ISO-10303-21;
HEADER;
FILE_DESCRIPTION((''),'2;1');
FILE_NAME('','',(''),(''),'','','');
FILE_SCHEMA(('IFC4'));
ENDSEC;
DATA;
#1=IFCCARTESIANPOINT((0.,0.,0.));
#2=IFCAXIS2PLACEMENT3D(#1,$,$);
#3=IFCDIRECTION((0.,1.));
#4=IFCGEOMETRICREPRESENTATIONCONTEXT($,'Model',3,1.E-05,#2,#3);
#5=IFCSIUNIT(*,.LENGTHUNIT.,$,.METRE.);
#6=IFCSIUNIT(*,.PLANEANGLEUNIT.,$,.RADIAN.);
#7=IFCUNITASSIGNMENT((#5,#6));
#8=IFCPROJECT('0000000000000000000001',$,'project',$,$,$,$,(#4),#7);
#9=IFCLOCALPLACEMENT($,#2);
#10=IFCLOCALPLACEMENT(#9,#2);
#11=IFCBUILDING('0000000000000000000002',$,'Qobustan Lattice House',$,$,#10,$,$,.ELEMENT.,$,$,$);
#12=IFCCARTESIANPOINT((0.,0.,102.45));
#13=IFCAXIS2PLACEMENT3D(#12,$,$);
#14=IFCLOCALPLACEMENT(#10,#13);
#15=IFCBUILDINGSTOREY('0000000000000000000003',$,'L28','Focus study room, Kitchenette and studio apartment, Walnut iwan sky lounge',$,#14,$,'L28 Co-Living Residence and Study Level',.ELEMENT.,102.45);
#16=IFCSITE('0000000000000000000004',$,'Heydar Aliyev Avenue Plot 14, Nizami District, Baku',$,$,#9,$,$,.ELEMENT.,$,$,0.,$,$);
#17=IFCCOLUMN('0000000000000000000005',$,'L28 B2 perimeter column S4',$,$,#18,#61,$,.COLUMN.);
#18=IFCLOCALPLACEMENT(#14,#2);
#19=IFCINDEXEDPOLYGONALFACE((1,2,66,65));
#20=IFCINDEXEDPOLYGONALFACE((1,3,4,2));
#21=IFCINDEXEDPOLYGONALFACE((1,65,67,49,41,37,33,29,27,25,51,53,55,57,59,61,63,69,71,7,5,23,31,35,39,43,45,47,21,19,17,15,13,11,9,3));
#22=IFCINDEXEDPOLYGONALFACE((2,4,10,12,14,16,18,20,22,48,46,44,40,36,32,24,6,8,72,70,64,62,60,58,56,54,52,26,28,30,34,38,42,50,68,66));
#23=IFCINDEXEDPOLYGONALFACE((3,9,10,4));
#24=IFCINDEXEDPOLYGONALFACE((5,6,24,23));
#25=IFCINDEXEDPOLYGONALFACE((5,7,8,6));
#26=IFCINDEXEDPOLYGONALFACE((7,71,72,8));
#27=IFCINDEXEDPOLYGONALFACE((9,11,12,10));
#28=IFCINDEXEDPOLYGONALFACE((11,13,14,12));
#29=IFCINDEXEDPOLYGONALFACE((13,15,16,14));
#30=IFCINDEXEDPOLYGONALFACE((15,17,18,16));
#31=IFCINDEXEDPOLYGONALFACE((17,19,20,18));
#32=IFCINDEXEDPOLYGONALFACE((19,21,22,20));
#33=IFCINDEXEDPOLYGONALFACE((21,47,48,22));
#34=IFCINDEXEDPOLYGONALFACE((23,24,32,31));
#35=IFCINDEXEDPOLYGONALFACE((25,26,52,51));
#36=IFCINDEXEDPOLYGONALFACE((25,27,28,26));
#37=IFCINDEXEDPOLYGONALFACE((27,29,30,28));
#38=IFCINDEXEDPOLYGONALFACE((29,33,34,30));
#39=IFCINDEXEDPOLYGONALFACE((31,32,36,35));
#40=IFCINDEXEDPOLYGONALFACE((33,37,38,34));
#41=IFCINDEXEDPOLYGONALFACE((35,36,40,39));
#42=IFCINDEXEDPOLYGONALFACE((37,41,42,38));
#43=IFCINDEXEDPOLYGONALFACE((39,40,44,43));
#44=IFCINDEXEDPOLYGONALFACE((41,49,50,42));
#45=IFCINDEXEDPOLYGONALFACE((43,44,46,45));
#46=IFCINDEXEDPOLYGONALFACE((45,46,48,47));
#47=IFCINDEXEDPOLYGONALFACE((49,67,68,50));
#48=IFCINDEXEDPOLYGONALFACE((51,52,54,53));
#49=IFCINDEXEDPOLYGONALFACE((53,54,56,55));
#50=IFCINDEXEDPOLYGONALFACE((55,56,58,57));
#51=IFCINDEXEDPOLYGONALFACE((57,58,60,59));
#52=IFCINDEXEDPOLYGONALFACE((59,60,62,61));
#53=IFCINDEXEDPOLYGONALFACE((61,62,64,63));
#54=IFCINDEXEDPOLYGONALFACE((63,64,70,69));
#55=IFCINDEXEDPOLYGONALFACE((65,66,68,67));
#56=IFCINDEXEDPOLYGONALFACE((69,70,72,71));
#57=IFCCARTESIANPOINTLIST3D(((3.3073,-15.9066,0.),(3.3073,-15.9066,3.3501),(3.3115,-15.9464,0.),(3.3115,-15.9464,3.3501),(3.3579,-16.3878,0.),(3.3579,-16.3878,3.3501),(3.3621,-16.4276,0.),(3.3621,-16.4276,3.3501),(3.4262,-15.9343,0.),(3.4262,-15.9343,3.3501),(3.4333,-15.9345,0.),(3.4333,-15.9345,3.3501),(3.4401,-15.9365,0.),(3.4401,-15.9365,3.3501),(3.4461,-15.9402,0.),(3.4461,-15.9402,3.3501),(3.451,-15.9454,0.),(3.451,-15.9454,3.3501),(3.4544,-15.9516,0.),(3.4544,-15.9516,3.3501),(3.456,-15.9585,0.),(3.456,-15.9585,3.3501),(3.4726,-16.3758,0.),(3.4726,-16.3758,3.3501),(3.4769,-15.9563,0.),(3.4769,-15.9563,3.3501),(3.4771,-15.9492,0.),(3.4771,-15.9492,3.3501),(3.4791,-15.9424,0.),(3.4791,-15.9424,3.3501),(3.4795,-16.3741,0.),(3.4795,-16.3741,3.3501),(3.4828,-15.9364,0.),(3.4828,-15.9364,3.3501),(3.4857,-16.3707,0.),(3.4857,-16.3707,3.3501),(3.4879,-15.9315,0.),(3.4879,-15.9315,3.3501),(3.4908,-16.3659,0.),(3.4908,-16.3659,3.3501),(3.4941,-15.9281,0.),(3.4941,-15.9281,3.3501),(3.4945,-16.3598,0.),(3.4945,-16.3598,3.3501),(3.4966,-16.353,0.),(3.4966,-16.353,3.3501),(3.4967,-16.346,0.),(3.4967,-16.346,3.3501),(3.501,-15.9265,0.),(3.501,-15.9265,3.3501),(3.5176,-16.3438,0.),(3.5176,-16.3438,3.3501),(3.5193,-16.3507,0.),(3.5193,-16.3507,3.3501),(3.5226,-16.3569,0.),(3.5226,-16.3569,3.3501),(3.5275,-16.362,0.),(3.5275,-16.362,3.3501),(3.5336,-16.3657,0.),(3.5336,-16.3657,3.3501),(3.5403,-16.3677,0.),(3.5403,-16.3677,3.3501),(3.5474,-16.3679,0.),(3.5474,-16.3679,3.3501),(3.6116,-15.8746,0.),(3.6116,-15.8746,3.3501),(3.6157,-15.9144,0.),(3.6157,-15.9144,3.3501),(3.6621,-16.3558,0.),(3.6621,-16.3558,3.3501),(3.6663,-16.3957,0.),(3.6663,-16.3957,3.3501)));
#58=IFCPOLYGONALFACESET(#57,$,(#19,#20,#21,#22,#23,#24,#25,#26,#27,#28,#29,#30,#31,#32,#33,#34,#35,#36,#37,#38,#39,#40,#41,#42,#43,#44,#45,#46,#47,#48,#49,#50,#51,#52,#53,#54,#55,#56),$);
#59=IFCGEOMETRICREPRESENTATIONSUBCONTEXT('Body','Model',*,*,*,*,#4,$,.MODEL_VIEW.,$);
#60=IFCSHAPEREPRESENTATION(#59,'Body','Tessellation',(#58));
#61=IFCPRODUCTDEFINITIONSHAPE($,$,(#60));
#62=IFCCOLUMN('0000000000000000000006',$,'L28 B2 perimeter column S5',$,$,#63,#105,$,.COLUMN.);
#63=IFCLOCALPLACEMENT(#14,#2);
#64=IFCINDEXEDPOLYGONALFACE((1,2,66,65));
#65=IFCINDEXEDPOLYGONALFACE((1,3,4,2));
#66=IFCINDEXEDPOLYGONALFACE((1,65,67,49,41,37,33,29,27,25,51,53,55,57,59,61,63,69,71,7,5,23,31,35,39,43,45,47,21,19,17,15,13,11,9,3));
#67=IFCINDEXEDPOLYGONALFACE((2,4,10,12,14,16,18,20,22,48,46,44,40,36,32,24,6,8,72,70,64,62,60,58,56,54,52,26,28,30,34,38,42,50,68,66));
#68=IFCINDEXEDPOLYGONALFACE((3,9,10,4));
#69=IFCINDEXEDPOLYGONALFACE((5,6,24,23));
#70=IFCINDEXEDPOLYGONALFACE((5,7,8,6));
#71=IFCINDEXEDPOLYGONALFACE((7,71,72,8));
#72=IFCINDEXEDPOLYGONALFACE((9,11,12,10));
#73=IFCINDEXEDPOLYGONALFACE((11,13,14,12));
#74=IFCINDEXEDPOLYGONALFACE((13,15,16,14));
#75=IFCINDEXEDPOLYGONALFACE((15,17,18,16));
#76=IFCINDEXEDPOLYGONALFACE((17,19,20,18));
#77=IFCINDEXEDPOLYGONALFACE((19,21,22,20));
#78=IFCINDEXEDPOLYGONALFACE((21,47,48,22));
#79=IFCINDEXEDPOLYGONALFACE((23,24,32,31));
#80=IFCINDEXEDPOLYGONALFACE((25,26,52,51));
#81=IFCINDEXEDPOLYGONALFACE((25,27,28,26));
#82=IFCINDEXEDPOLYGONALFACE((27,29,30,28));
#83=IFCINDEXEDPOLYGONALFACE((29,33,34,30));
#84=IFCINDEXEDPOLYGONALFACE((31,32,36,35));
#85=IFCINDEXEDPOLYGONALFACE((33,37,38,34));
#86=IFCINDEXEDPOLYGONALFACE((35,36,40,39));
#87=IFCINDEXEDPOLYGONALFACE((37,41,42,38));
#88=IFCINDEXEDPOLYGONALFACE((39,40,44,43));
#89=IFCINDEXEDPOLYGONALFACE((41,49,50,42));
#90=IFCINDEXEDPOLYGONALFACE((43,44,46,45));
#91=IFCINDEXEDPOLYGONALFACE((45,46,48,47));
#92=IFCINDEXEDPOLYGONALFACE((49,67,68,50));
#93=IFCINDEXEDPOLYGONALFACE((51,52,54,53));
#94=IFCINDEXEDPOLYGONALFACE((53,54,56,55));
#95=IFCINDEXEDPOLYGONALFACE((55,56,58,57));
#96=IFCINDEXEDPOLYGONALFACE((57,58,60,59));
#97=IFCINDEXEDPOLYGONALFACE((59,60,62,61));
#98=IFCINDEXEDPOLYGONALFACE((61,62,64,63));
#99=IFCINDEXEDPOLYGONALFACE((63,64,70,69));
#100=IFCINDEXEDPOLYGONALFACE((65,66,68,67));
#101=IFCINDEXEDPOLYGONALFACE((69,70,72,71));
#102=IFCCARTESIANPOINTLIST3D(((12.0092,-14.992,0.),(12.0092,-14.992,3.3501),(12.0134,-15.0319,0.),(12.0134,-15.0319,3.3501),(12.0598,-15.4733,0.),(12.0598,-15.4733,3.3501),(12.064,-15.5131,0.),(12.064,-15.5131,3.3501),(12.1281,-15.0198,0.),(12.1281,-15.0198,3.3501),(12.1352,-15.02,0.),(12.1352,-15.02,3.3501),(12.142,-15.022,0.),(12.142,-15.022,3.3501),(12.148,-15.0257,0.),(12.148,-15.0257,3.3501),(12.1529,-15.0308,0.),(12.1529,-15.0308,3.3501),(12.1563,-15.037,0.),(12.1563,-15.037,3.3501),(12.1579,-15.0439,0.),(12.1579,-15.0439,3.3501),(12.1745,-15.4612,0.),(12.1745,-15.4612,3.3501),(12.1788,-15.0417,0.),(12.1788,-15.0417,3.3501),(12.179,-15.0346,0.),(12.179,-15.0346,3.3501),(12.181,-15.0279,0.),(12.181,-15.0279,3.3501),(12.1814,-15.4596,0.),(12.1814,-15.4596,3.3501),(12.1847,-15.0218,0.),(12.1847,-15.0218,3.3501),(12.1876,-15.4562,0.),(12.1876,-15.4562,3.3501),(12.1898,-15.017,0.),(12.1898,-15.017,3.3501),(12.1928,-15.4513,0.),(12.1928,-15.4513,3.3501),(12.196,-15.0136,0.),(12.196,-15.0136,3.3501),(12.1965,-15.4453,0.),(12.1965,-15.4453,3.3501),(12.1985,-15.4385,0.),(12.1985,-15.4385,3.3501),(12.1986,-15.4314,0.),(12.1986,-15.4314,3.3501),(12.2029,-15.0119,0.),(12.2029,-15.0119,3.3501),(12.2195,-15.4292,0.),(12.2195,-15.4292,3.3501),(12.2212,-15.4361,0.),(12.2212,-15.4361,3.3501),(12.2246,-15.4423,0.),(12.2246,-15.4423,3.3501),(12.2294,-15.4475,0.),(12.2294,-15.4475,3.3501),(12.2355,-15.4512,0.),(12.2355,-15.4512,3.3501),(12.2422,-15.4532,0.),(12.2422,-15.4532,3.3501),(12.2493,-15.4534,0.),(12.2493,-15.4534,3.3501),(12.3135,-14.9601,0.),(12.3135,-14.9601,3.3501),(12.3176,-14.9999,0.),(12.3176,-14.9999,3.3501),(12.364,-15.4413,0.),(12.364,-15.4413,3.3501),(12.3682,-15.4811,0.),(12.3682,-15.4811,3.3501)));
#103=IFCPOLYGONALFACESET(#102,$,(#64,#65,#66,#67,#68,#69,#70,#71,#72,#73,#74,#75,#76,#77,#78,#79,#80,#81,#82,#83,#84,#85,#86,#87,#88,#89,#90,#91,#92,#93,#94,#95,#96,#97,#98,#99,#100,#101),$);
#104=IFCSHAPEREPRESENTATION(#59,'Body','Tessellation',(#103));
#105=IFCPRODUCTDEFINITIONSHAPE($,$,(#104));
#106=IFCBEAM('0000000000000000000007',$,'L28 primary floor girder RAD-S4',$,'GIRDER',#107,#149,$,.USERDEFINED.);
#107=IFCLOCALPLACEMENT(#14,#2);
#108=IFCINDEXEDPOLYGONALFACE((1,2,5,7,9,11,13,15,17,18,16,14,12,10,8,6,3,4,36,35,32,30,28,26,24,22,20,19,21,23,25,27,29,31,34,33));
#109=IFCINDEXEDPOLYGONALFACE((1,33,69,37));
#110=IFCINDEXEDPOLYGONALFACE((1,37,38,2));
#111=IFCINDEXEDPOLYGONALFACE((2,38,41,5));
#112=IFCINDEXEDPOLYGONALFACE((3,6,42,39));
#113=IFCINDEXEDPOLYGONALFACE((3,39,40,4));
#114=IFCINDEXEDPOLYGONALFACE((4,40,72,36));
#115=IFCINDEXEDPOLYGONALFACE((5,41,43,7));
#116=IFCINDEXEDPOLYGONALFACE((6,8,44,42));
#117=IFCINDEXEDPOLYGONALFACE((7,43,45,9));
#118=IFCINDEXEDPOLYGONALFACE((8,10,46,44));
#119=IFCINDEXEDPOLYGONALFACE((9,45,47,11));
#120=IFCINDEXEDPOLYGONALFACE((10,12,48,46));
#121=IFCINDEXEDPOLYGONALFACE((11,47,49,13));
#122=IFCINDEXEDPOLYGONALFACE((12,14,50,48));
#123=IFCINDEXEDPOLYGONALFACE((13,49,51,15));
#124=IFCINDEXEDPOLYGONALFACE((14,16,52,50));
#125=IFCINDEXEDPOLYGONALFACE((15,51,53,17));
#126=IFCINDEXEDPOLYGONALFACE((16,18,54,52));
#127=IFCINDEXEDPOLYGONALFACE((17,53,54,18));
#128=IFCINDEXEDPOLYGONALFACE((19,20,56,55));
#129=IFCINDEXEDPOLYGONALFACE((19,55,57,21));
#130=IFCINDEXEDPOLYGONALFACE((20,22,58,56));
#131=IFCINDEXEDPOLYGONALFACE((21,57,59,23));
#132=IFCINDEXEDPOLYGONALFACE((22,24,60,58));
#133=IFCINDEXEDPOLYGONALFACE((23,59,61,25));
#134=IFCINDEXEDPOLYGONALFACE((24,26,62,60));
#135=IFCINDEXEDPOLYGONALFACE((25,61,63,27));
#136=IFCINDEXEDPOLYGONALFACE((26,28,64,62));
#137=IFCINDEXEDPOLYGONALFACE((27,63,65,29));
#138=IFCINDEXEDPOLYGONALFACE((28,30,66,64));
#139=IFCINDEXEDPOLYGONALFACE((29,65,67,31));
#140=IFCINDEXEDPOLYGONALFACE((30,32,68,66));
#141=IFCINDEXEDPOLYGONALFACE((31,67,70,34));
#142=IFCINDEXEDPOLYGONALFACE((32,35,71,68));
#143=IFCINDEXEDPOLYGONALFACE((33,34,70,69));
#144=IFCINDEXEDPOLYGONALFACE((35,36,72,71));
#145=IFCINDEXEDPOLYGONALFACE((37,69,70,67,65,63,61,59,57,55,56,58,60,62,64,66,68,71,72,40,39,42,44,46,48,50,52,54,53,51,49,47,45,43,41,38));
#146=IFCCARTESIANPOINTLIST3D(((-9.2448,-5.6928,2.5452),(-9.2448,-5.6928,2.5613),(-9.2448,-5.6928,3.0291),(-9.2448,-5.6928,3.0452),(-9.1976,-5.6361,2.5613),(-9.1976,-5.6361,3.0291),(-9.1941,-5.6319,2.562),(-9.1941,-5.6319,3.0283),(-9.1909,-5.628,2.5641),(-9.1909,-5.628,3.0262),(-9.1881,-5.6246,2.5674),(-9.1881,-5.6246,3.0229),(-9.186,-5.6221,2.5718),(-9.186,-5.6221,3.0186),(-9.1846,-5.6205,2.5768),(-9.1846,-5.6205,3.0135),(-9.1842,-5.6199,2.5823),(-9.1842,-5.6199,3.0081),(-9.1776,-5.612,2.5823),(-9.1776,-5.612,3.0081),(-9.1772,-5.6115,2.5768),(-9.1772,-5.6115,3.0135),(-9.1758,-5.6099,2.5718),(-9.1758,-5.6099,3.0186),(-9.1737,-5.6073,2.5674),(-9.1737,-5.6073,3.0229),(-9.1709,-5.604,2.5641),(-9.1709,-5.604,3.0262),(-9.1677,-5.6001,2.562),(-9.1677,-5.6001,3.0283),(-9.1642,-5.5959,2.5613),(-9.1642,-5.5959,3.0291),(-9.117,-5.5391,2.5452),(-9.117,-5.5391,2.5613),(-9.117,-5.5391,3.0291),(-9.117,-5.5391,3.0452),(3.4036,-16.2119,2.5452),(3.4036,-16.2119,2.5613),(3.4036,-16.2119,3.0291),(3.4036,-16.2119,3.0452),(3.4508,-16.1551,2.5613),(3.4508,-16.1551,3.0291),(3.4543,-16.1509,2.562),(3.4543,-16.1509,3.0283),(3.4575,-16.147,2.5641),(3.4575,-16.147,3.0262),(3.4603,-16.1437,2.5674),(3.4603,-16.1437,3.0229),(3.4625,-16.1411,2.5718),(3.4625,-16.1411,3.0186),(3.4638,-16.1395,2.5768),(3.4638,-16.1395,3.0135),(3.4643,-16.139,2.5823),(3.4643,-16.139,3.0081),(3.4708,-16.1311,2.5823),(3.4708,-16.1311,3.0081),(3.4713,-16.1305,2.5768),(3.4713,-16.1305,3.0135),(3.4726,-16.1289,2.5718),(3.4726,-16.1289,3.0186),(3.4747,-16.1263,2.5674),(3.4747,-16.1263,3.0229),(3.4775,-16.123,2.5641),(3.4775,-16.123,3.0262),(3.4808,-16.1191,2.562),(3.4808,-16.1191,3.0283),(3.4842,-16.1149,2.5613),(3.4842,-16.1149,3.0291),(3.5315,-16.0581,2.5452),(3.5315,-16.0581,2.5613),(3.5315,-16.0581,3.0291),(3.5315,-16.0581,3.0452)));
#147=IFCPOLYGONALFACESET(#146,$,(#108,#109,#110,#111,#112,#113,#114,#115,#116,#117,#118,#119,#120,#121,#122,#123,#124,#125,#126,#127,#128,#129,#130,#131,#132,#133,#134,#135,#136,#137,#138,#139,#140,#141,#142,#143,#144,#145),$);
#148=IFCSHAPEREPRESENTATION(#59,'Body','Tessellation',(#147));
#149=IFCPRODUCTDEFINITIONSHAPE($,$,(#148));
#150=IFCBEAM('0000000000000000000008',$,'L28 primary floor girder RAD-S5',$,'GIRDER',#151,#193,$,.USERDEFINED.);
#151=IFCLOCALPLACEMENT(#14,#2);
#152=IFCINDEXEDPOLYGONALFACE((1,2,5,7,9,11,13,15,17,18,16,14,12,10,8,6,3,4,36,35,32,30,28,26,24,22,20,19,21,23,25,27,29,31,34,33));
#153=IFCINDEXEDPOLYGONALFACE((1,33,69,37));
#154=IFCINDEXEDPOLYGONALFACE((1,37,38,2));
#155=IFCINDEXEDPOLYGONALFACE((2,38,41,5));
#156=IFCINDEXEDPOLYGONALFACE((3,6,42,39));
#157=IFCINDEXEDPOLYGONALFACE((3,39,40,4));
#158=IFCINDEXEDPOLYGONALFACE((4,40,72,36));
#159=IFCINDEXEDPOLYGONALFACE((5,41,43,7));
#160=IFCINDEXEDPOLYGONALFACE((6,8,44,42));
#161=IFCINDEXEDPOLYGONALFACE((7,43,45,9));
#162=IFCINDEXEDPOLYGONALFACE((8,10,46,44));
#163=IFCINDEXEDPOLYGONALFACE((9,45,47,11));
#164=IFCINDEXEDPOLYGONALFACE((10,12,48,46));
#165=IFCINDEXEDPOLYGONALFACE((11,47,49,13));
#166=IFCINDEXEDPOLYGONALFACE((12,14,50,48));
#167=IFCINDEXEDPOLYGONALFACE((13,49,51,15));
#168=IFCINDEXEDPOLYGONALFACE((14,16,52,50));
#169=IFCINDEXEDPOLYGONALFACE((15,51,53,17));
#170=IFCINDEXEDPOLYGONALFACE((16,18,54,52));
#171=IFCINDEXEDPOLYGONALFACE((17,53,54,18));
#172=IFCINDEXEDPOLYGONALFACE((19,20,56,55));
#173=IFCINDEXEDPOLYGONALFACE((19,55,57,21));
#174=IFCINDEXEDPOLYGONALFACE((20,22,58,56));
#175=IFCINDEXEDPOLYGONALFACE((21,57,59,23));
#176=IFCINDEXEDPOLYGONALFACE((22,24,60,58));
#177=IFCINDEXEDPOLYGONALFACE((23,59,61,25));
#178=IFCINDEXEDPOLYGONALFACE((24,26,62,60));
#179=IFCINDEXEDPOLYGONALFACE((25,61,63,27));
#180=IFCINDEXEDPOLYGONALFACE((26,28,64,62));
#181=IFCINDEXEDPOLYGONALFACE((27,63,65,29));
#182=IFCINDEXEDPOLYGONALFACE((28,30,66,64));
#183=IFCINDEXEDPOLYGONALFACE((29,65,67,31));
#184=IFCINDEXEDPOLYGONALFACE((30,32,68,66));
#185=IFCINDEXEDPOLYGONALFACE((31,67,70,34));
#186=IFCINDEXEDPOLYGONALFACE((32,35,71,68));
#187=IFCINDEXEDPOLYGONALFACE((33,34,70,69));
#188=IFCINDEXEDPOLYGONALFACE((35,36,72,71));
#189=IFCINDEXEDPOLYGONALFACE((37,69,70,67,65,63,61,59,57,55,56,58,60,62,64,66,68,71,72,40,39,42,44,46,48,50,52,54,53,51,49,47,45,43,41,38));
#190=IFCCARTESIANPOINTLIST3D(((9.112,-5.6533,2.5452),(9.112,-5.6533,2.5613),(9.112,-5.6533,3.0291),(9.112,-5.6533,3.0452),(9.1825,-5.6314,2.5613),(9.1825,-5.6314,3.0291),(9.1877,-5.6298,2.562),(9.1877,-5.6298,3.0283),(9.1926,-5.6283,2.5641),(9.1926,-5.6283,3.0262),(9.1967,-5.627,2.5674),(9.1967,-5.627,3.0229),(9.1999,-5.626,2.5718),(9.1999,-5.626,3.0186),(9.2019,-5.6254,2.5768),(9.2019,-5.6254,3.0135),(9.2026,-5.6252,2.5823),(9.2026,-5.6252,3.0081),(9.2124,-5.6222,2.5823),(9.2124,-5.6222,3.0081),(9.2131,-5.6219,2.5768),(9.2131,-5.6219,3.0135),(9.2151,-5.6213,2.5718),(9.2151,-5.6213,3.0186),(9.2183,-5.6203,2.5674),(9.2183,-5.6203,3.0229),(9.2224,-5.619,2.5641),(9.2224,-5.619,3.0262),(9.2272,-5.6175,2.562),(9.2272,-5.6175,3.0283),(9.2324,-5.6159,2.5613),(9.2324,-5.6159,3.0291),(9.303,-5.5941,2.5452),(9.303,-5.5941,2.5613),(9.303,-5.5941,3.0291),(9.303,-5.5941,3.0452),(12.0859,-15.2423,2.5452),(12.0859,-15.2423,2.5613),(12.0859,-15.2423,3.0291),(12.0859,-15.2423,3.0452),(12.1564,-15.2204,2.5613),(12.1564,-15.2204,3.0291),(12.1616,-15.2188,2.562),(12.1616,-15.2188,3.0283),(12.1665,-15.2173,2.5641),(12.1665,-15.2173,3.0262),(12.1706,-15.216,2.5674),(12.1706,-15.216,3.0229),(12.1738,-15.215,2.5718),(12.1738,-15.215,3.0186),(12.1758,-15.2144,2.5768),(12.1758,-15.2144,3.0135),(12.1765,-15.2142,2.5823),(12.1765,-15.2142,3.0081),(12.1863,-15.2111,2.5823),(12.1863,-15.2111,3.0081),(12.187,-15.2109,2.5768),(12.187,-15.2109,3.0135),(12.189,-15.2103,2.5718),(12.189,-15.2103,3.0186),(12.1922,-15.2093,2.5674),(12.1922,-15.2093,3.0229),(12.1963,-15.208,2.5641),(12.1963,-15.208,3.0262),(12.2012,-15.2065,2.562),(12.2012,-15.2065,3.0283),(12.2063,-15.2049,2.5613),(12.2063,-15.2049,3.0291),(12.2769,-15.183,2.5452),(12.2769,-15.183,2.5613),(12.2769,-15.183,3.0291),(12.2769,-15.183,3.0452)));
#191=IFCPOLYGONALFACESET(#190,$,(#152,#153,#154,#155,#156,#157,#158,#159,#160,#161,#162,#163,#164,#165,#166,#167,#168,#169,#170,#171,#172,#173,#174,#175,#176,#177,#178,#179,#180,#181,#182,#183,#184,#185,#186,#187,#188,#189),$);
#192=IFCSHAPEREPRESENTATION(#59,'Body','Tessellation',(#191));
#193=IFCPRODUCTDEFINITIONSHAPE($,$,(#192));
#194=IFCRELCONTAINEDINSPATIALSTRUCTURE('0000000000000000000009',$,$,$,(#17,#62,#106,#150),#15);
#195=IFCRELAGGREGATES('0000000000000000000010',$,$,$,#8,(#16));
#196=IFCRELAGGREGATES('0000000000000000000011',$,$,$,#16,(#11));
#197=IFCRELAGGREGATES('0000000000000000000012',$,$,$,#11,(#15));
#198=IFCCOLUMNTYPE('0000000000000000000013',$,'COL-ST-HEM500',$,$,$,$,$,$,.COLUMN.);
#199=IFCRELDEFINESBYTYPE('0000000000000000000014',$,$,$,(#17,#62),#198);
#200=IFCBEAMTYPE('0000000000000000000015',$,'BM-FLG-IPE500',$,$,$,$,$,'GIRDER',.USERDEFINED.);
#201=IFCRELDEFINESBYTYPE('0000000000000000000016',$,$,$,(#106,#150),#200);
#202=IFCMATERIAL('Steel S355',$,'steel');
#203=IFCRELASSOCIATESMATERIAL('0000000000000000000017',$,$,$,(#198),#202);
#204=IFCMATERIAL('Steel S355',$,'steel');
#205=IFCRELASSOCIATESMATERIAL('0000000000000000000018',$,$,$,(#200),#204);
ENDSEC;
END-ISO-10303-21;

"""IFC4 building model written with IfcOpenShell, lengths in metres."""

from ifc_helpers import new_model, si_unit, direction, frame, origin, origin_2d, place, context, subcontext, project, spatial, i_section, extrude, material, material_profile, profile_set, type_object, element, save


model = new_model("IFC4")

# Units and contexts
model_context = context("Model", 3, precision=1e-05, world=origin(), true_north=direction((0.0, 1.0)))
body_context = subcontext(model_context, "Body", "Model", "MODEL_VIEW")
ifc_project = project(units=[si_unit("LENGTHUNIT", "METRE"), si_unit("PLANEANGLEUNIT", "RADIAN")], contexts=[model_context])

# Site, building, storey
site_placement = place(None, origin())
site = spatial("IfcSite", under=ifc_project, at=site_placement, Name="Heydar Aliyev Avenue Plot 14, Nizami District, Baku", CompositionType="ELEMENT", RefElevation=0.0)
building_placement = place(site_placement, origin())
building = spatial("IfcBuilding", under=site, at=building_placement, Name="Qobustan Lattice House", CompositionType="ELEMENT")
storey_placement = place(building_placement, frame((0.0, 0.0, 102.45)))
storey = spatial("IfcBuildingStorey", under=building, at=storey_placement, Name="L28", Description="Focus study room, Kitchenette and studio apartment, Walnut iwan sky lounge", LongName="L28 Co-Living Residence and Study Level", CompositionType="ELEMENT", Elevation=102.45)

# Columns
ifc_material_1 = material(Name="Steel S355", Category="steel")
ifc_material_profile_1 = material_profile(ifc_material_1, i_section(OverallWidth=0.3059, OverallDepth=0.5239, WebThickness=0.021, FlangeThickness=0.04, FilletRadius=0.0271, at=origin_2d()), Name="HEM500")
ifc_profile_set_1 = profile_set([ifc_material_profile_1], Name="Steel S355")
column_type = type_object("IfcColumnType", Name="COL-ST-HEM500", PredefinedType="COLUMN", material=ifc_profile_set_1)
for number, where, z_axis, x_axis, name in (
    (1, (3.4868, -16.1511, 0.0), (0.0, 0.0, 1.0), (0.994522, 0.104528, 0.0), "L28 B2 perimeter column S4"),
    (2, (12.1887, -15.2366, 0.0), (0.0, 0.0, 1.0), (0.994522, 0.104528, 0.0), "L28 B2 perimeter column S5"),
):
    element("IfcColumn", number, at=place(storey_placement, frame(where, z_axis=z_axis, x_axis=x_axis)), inside=storey, type_object=column_type, Name=name, PredefinedType="COLUMN", context=body_context, shape_type="SweptSolid", body=[
        extrude(i_section(OverallWidth=0.3059, OverallDepth=0.5239, WebThickness=0.021, FlangeThickness=0.04, FilletRadius=0.0271, at=origin_2d()), origin(), (0.0, 0.0, 1.0), 3.3501),
    ])

# Beams
ifc_material_2 = material(Name="Steel S355", Category="steel")
ifc_material_profile_2 = material_profile(ifc_material_2, i_section(OverallWidth=0.2, OverallDepth=0.5, WebThickness=0.0103, FlangeThickness=0.0161, FilletRadius=0.021, at=origin_2d()), Name="IPE500")
ifc_profile_set_2 = profile_set([ifc_material_profile_2], Name="Steel S355")
beam_type_1 = type_object("IfcBeamType", Name="BM-FLG-IPE500", ElementType="GIRDER", PredefinedType="USERDEFINED", material=ifc_profile_set_2)
beam_1_placement = place(storey_placement, frame((3.4675, -16.135, 2.7952), z_axis=(-0.768858, 0.639419, 0.0), x_axis=(-0.639419, -0.768858, 0.0)))
element("IfcBeam", 3, at=beam_1_placement, inside=storey, type_object=beam_type_1, Name="L28 primary floor girder RAD-S4", ObjectType="GIRDER", PredefinedType="USERDEFINED", context=body_context, shape_type="SweptSolid", body=[
    extrude(i_section(OverallWidth=0.2, OverallDepth=0.5, WebThickness=0.0103, FlangeThickness=0.0161, FilletRadius=0.021, at=origin_2d()), origin(), (0.0, 0.0, 1.0), 16.4509),
])
beam_2_placement = place(storey_placement, frame((12.1814, -15.2126, 2.7952), z_axis=(-0.296219, 0.95512, 0.0), x_axis=(-0.95512, -0.296219, 0.0)))
element("IfcBeam", 4, at=beam_2_placement, inside=storey, type_object=beam_type_1, Name="L28 primary floor girder RAD-S5", ObjectType="GIRDER", PredefinedType="USERDEFINED", context=body_context, shape_type="SweptSolid", body=[
    extrude(i_section(OverallWidth=0.2, OverallDepth=0.5, WebThickness=0.0103, FlangeThickness=0.0161, FilletRadius=0.021, at=origin_2d()), origin(), (0.0, 0.0, 1.0), 10.0396),
])

save(model, "model.ifc")
